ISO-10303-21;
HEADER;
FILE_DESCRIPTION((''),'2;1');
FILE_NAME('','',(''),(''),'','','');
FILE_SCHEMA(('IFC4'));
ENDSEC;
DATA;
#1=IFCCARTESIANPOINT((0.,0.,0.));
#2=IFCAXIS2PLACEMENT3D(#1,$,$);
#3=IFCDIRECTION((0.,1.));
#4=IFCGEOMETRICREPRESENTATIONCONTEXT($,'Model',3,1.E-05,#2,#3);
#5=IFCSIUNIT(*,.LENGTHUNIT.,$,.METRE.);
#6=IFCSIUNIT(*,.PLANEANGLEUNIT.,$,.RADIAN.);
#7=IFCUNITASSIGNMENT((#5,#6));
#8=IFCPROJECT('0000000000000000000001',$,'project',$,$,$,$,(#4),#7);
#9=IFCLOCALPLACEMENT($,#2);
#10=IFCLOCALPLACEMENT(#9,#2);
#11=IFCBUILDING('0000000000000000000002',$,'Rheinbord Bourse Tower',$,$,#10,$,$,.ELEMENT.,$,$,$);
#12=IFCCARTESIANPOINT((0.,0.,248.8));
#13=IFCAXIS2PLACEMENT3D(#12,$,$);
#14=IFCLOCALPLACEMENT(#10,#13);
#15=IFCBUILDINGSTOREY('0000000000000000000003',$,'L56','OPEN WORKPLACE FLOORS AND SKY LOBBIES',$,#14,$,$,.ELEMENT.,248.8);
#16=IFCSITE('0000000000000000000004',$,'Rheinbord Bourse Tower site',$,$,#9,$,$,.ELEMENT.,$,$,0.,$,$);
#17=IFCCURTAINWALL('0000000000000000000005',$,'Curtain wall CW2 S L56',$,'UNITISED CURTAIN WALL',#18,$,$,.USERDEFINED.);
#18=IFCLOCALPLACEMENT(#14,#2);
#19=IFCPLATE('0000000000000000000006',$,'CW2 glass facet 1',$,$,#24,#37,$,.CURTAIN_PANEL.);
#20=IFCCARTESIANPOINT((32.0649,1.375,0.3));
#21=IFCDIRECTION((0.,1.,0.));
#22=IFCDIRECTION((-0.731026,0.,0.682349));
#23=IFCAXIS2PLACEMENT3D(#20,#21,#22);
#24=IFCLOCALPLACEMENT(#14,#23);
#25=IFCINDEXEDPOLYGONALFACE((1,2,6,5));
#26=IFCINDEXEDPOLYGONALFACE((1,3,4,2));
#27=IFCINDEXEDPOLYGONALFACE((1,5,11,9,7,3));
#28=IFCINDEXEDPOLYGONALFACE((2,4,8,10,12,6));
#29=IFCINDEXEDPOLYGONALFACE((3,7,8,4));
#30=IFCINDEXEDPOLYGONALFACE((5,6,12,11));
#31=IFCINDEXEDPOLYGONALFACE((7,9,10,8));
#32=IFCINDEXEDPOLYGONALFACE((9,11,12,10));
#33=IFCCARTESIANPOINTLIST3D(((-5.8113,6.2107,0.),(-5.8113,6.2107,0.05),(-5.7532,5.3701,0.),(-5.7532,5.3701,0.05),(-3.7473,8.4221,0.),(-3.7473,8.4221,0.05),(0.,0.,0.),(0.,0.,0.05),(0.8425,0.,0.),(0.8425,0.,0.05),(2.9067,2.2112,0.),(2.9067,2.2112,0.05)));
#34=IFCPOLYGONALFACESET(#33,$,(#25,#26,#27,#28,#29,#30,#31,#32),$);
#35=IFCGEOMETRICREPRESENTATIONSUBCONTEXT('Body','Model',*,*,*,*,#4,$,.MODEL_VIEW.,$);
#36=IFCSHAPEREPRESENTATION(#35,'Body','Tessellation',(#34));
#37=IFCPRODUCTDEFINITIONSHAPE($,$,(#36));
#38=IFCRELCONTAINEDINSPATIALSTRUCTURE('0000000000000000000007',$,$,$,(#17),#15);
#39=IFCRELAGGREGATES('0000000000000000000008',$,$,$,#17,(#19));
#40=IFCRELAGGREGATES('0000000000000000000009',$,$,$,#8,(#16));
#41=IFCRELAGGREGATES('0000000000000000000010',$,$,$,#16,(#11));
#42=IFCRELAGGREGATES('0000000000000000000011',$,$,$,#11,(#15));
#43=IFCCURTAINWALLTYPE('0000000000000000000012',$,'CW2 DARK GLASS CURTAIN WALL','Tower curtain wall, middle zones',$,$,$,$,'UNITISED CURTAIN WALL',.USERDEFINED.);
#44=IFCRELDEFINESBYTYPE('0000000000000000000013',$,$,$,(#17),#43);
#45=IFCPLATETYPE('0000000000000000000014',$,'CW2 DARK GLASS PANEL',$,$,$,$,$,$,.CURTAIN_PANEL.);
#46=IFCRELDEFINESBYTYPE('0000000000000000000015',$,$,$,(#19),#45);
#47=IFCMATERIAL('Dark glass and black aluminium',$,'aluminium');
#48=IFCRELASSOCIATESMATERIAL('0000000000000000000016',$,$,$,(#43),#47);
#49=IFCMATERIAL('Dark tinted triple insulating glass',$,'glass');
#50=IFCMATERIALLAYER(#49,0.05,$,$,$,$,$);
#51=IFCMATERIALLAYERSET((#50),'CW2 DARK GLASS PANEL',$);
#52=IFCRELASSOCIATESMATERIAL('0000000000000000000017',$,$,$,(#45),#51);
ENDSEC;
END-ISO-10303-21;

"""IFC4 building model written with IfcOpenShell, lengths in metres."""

from ifc_helpers import new_model, si_unit, direction, frame, origin, place, context, subcontext, project, spatial, polyline, outline, extrude, material, layer, layer_set, type_object, element, aggregate, save


model = new_model("IFC4")

# Units and contexts
model_context = context("Model", 3, precision=1e-05, world=origin(), true_north=direction((0.0, 1.0)))
body_context = subcontext(model_context, "Body", "Model", "MODEL_VIEW")
ifc_project = project(units=[si_unit("LENGTHUNIT", "METRE"), si_unit("PLANEANGLEUNIT", "RADIAN")], contexts=[model_context])

# Site, building, storey
site_placement = place(None, origin())
site = spatial("IfcSite", under=ifc_project, at=site_placement, Name="Rheinbord Bourse Tower site", CompositionType="ELEMENT", RefElevation=0.0)
building_placement = place(site_placement, origin())
building = spatial("IfcBuilding", under=site, at=building_placement, Name="Rheinbord Bourse Tower", CompositionType="ELEMENT")
storey_placement = place(building_placement, frame((0.0, 0.0, 248.8)))
storey = spatial("IfcBuildingStorey", under=building, at=storey_placement, Name="L56", Description="OPEN WORKPLACE FLOORS AND SKY LOBBIES", CompositionType="ELEMENT", Elevation=248.8)

# Curtain wall
ifc_material_1 = material(Name="Dark glass and black aluminium", Category="aluminium")
curtain_wall_type = type_object("IfcCurtainWallType", Name="CW2 DARK GLASS CURTAIN WALL", Description="Tower curtain wall, middle zones", ElementType="UNITISED CURTAIN WALL", PredefinedType="USERDEFINED", material=ifc_material_1)
curtain_wall_placement = place(storey_placement, origin())
curtain_wall = element("IfcCurtainWall", 1, at=curtain_wall_placement, inside=storey, type_object=curtain_wall_type, Name="Curtain wall CW2 S L56", ObjectType="UNITISED CURTAIN WALL", PredefinedType="USERDEFINED")

# Plate
ifc_material_2 = material(Name="Dark tinted triple insulating glass", Category="glass")
ifc_layer_1 = layer(ifc_material_2, 0.05)
ifc_layer_set_1 = layer_set([ifc_layer_1], Name="CW2 DARK GLASS PANEL")
plate_type = type_object("IfcPlateType", Name="CW2 DARK GLASS PANEL", PredefinedType="CURTAIN_PANEL", material=ifc_layer_set_1)
plate_1_placement = place(storey_placement, frame((32.0649, 1.375, 0.3), z_axis=(0.0, 1.0, 0.0), x_axis=(-0.731026, 0.0, 0.682349)))
plate_1 = element("IfcPlate", 2, at=plate_1_placement, type_object=plate_type, Name="CW2 glass facet 1", PredefinedType="CURTAIN_PANEL", context=body_context, shape_type="SweptSolid", body=[
    extrude(outline(polyline([(0.0, 0.0), (0.8425, 0.0), (2.9067, 2.2112), (-3.7473, 8.4221), (-5.8113, 6.2107), (-5.7532, 5.3701), (0.0, 0.0)])), origin(), (0.0, 0.0, 1.0), 0.05),
])
aggregate(curtain_wall, [plate_1])

save(model, "model.ifc")
